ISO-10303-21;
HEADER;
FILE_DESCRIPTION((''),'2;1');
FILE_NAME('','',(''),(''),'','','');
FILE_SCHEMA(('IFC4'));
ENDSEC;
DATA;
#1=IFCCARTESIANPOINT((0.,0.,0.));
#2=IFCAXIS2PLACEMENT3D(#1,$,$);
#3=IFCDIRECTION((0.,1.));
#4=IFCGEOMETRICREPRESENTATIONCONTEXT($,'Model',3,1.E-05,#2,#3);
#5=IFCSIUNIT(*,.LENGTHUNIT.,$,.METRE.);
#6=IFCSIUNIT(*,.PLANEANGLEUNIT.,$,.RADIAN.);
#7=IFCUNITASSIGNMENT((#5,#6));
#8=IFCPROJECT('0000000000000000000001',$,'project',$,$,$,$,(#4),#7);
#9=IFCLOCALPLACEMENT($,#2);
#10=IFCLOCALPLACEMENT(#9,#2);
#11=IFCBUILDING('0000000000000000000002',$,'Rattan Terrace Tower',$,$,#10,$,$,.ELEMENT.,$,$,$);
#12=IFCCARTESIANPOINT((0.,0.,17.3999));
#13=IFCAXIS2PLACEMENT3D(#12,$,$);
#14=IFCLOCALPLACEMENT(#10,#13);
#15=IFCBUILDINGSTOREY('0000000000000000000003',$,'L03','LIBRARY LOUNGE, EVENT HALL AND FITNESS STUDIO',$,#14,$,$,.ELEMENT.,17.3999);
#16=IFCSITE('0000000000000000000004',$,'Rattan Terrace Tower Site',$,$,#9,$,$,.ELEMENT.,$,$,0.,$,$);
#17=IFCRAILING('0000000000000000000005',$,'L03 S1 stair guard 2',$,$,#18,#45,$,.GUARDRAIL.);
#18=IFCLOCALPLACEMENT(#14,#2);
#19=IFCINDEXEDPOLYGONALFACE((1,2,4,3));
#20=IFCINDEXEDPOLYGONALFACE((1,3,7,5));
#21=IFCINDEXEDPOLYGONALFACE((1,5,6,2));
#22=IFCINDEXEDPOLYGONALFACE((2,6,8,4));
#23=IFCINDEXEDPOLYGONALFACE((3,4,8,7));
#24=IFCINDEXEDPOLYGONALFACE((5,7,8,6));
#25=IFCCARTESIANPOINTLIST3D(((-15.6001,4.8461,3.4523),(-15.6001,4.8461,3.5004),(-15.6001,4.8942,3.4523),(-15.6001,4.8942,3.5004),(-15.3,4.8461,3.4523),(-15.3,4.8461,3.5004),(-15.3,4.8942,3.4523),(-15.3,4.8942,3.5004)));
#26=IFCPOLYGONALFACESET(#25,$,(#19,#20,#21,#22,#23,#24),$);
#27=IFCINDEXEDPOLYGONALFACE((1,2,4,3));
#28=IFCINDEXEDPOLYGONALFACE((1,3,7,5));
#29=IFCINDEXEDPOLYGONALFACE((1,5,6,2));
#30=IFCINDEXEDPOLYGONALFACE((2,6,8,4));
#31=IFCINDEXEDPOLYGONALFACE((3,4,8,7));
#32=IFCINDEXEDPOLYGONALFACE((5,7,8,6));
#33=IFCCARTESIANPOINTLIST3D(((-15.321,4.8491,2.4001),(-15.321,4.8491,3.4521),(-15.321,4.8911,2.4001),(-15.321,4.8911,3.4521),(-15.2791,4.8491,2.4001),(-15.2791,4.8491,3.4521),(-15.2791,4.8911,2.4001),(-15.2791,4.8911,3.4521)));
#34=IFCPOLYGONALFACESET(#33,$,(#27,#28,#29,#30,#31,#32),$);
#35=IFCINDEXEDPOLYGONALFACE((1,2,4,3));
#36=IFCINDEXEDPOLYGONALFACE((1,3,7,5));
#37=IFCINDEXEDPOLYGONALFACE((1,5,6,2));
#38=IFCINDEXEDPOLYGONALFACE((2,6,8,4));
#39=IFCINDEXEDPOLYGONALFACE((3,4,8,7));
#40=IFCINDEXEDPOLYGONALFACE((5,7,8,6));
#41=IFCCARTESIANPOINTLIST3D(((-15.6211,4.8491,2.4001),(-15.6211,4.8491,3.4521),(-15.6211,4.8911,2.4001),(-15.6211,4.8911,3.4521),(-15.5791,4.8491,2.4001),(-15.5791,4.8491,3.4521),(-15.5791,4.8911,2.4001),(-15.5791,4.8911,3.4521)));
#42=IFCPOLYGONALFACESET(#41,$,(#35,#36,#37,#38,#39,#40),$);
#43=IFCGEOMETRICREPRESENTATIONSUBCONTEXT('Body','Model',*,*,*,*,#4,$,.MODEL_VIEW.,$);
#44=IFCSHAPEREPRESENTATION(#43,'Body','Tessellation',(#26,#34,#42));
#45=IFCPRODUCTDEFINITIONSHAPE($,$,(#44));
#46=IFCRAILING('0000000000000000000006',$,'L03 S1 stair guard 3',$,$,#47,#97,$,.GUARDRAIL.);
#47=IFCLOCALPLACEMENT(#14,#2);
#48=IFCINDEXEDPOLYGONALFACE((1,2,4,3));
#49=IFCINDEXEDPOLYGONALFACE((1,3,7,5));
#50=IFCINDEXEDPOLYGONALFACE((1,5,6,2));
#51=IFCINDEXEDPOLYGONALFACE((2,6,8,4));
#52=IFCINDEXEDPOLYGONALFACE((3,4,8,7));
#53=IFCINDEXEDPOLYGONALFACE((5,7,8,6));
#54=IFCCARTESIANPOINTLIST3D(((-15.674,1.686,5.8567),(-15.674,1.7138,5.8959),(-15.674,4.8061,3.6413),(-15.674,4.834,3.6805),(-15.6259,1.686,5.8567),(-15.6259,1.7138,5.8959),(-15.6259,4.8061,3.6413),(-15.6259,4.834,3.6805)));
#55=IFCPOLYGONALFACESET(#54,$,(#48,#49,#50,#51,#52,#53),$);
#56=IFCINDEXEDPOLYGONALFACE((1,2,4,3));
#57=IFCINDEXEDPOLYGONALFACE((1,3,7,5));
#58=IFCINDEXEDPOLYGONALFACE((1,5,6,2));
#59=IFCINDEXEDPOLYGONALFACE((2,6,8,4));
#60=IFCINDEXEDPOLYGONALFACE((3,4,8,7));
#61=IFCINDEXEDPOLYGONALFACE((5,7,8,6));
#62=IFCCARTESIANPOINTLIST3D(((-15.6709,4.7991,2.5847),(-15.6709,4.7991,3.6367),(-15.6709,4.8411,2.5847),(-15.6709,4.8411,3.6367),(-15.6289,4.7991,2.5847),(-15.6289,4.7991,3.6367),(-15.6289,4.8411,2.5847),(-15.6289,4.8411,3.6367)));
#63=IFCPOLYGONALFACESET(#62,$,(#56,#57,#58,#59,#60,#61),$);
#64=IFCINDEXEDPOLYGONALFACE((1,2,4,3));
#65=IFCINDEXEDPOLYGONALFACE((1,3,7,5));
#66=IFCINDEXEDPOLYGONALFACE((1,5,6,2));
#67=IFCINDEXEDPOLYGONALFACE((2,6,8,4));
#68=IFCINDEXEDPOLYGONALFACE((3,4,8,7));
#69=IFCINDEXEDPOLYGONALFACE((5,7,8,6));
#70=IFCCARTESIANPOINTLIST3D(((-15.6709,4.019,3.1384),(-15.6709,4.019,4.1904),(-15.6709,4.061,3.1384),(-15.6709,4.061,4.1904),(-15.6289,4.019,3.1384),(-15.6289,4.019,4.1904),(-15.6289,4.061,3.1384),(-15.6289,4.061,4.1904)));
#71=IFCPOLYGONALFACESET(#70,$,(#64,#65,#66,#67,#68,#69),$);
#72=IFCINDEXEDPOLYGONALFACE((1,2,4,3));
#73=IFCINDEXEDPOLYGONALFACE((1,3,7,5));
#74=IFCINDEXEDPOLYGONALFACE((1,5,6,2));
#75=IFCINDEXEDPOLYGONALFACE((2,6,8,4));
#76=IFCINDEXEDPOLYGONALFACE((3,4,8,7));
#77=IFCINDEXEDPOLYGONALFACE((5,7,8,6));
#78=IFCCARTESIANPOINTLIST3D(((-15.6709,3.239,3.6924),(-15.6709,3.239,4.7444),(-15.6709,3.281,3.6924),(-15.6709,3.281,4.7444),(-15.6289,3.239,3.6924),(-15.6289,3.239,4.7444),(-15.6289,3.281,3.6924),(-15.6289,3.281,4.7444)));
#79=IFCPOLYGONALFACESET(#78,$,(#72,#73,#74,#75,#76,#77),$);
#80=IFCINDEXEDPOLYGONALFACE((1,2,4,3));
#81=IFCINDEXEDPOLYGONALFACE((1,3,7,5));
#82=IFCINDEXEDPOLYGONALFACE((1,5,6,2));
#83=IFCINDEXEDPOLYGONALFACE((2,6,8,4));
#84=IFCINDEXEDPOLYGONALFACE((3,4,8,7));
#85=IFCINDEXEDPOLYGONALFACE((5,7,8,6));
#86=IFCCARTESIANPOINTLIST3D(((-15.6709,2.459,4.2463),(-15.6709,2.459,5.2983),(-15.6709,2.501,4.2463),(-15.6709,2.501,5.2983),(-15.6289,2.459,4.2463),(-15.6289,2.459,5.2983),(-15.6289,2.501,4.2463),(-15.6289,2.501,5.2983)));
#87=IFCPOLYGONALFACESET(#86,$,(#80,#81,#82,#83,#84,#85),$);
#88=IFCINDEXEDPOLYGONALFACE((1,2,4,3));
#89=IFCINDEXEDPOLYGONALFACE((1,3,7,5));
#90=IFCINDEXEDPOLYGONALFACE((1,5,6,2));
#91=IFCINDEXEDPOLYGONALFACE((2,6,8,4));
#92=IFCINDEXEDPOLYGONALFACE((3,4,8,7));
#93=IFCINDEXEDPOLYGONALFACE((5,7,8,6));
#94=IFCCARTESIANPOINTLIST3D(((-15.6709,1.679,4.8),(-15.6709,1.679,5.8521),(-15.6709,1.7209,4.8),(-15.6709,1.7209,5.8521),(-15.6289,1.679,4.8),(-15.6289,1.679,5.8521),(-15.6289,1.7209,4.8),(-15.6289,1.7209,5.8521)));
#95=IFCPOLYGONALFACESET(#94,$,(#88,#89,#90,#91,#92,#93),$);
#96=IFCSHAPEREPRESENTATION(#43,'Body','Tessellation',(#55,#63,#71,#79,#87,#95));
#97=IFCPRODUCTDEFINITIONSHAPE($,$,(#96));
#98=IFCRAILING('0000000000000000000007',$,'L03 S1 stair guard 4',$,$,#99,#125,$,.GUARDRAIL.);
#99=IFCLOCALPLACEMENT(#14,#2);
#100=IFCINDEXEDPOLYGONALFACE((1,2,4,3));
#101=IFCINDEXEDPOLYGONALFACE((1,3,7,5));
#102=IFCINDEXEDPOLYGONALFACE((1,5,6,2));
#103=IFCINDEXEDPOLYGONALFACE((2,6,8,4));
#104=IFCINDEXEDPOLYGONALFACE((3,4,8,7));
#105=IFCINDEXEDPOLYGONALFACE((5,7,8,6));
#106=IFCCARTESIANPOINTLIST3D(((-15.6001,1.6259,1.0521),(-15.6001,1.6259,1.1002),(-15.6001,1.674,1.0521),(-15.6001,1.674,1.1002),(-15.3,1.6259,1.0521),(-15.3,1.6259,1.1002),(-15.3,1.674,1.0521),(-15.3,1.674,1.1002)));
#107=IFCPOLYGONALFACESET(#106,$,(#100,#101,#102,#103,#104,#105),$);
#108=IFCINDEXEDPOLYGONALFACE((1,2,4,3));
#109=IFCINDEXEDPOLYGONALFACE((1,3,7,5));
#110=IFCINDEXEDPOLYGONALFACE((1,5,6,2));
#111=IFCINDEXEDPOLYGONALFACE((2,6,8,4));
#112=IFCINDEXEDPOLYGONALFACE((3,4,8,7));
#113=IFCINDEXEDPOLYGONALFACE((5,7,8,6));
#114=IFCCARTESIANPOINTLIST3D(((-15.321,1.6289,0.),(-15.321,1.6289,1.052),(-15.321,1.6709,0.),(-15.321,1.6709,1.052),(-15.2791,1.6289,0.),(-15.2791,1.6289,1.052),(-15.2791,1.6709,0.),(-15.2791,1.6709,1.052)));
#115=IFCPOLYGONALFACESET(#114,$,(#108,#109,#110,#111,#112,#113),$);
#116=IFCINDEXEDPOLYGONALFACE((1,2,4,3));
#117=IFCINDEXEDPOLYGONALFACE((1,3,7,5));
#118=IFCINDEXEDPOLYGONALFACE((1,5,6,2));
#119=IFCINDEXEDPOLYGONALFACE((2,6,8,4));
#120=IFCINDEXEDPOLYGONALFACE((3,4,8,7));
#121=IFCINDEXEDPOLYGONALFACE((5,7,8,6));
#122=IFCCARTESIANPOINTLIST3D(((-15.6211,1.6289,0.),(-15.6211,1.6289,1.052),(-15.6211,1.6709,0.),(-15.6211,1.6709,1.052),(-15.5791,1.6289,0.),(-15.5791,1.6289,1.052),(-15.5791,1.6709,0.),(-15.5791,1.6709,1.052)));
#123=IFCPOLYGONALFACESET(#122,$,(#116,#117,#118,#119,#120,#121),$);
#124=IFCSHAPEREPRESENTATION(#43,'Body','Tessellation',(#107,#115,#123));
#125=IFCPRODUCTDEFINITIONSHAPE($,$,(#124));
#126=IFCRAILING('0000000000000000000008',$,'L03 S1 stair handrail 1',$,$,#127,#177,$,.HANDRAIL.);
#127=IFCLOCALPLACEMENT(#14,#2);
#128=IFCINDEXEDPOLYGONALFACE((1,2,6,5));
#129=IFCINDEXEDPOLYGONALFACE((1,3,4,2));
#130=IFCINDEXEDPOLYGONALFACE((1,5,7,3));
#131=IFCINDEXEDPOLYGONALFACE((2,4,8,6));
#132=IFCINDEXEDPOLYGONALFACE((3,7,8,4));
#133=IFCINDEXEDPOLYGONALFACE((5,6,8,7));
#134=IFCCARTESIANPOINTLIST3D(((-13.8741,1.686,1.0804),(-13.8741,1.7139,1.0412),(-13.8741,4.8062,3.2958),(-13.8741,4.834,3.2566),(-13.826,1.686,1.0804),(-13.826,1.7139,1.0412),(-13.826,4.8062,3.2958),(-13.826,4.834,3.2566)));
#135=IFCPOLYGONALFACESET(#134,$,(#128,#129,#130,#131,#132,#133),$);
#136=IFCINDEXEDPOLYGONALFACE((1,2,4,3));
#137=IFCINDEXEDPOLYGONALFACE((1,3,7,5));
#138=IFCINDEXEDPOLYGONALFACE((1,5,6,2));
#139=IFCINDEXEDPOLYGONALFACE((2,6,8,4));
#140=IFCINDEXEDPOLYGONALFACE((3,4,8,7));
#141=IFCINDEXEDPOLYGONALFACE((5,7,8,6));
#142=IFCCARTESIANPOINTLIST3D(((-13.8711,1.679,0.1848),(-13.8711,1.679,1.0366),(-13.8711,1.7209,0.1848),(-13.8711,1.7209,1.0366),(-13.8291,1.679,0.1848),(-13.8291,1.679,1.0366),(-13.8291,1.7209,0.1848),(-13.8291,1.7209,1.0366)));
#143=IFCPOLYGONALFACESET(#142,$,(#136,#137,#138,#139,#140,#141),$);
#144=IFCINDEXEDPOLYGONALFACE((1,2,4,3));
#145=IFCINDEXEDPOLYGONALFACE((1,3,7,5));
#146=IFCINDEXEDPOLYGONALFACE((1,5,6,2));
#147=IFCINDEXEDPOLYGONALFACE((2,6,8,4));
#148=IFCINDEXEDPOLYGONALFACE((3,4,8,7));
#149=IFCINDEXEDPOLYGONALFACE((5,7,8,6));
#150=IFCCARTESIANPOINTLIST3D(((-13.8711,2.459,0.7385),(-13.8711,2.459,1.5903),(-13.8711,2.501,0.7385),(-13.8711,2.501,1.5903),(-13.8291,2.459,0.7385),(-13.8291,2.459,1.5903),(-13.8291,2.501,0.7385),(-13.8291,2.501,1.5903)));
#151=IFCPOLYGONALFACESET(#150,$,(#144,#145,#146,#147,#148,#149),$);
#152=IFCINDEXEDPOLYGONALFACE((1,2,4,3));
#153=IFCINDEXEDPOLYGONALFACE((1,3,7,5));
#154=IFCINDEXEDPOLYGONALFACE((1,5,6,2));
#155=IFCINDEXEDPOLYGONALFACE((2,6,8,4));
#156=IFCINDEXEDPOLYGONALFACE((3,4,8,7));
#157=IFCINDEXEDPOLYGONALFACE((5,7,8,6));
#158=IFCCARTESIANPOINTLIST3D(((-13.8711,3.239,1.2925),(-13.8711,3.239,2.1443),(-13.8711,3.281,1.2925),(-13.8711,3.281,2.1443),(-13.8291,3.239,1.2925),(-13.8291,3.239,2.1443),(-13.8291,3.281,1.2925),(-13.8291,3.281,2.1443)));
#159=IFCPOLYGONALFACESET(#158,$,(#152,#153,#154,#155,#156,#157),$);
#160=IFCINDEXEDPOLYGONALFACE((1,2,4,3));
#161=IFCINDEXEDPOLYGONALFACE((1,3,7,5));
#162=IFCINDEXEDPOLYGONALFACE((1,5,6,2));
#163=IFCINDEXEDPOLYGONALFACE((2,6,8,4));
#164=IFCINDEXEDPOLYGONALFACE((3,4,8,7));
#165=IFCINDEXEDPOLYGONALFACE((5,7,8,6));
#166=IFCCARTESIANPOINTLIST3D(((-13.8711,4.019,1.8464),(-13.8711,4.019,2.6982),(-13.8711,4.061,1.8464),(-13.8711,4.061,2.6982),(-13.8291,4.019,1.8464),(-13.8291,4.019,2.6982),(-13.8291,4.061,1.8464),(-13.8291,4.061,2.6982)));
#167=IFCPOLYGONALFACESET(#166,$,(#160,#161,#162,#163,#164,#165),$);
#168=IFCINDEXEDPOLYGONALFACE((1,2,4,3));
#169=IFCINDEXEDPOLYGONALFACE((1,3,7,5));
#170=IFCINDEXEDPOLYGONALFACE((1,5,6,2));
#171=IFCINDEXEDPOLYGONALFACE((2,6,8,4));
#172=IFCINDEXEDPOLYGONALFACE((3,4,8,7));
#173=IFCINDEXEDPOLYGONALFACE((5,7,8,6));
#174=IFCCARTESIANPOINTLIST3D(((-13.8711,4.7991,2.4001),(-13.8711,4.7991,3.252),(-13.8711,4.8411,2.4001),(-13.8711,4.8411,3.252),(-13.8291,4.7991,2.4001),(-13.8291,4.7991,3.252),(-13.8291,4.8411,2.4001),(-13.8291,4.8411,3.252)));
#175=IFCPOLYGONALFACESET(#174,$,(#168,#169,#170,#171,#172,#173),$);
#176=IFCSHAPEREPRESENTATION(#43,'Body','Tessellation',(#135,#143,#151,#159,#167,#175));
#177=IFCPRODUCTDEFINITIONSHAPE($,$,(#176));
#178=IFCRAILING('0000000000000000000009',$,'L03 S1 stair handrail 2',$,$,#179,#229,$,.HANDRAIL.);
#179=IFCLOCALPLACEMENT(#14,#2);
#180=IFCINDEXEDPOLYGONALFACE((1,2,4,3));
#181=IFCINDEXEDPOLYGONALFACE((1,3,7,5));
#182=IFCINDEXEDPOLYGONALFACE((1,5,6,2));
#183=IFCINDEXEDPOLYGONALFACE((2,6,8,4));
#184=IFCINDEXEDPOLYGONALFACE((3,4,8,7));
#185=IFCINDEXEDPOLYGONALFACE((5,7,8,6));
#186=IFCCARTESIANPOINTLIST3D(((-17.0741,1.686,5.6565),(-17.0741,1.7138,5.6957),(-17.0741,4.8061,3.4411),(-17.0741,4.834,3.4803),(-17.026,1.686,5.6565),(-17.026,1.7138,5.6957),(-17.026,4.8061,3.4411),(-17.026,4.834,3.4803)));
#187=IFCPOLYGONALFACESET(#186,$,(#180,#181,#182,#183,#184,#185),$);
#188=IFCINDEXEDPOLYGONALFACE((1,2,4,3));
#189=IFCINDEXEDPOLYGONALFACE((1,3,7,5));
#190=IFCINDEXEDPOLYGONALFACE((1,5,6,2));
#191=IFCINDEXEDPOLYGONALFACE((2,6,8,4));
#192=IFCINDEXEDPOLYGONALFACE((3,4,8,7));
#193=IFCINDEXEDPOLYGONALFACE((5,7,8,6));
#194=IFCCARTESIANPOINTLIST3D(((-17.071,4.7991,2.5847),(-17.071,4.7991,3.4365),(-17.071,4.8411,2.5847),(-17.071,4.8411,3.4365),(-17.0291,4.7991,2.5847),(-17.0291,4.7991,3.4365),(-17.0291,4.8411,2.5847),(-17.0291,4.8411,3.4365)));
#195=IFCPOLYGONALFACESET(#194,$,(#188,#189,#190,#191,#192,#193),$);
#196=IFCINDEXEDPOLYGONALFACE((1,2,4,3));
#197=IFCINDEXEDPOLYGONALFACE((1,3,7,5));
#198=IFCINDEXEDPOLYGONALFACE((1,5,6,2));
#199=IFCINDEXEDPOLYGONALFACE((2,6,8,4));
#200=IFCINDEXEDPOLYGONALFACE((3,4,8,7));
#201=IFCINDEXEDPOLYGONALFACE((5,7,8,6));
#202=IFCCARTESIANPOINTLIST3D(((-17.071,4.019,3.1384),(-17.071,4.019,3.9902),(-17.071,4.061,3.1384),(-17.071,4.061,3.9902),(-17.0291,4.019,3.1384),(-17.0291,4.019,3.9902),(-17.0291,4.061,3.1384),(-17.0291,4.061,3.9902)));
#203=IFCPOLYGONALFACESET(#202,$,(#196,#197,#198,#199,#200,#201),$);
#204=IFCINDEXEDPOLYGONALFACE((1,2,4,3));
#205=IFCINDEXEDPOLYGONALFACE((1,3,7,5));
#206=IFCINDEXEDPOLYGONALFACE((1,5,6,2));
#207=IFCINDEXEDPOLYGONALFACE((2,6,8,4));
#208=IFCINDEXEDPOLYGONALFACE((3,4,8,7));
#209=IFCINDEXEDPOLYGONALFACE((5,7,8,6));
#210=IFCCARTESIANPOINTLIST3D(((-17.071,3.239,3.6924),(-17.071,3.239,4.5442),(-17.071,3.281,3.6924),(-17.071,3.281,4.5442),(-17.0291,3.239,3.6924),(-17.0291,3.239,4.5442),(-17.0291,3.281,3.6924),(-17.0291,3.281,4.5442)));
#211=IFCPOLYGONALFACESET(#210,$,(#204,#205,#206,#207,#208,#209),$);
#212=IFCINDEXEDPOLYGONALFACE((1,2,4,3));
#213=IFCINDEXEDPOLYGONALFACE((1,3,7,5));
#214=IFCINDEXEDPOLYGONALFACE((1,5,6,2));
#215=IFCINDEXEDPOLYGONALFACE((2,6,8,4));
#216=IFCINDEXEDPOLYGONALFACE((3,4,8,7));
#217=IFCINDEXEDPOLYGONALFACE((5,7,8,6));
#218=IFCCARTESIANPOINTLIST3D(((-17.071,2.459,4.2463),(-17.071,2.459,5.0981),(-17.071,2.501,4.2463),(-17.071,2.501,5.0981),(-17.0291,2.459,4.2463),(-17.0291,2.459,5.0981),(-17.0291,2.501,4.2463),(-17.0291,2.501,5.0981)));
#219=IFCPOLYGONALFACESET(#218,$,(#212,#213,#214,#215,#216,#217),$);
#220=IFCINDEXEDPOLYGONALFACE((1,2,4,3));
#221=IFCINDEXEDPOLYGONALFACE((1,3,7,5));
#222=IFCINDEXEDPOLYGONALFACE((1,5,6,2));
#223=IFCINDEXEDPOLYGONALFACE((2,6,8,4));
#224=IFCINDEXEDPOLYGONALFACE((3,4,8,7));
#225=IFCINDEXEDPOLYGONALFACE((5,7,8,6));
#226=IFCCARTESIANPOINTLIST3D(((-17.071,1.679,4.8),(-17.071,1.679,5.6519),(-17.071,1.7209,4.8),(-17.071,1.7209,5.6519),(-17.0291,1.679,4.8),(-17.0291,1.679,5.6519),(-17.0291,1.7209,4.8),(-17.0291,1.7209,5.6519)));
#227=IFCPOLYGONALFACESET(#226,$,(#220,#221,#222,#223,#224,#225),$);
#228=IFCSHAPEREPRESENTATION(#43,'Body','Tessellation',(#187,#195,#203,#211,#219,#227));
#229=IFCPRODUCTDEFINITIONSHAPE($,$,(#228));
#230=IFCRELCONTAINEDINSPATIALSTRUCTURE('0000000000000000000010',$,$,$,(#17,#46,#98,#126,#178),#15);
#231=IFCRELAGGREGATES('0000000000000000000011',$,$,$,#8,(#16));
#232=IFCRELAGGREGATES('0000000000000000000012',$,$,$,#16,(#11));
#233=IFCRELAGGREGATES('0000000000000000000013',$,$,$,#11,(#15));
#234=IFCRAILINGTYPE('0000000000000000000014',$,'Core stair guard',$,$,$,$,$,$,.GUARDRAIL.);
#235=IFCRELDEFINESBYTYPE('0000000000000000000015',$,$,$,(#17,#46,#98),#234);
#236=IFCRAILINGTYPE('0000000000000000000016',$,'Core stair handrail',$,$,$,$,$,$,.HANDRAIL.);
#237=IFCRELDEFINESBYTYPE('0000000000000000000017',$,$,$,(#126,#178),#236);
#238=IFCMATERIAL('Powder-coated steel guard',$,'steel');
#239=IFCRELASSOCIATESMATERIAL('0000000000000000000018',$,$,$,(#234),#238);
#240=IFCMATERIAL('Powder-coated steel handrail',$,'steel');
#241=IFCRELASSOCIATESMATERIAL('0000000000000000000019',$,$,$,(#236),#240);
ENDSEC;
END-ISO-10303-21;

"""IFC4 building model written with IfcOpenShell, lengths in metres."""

from ifc_helpers import new_model, si_unit, direction, frame, origin, origin_2d, place, context, subcontext, project, spatial, rectangle, extrude, material, type_object, element, save


model = new_model("IFC4")

# Units and contexts
model_context = context("Model", 3, precision=1e-05, world=origin(), true_north=direction((0.0, 1.0)))
body_context = subcontext(model_context, "Body", "Model", "MODEL_VIEW")
ifc_project = project(units=[si_unit("LENGTHUNIT", "METRE"), si_unit("PLANEANGLEUNIT", "RADIAN")], contexts=[model_context])

# Site, building, storey
site_placement = place(None, origin())
site = spatial("IfcSite", under=ifc_project, at=site_placement, Name="Rattan Terrace Tower Site", CompositionType="ELEMENT", RefElevation=0.0)
building_placement = place(site_placement, origin())
building = spatial("IfcBuilding", under=site, at=building_placement, Name="Rattan Terrace Tower", CompositionType="ELEMENT")
storey_placement = place(building_placement, frame((0.0, 0.0, 17.3999)))
storey = spatial("IfcBuildingStorey", under=building, at=storey_placement, Name="L03", Description="LIBRARY LOUNGE, EVENT HALL AND FITNESS STUDIO", CompositionType="ELEMENT", Elevation=17.3999)

# Railings
ifc_material_1 = material(Name="Powder-coated steel guard", Category="steel")
railing_type_1 = type_object("IfcRailingType", Name="Core stair guard", PredefinedType="GUARDRAIL", material=ifc_material_1)
railing_1_placement = place(storey_placement, frame((-15.3, 4.8701, 2.4001)))
element("IfcRailing", 1, at=railing_1_placement, inside=storey, type_object=railing_type_1, Name="L03 S1 stair guard 2", PredefinedType="GUARDRAIL", context=body_context, shape_type="SweptSolid", body=[
    extrude(rectangle(XDim=0.0481, YDim=0.0481, at=origin_2d()), frame((0.0, 0.0, 1.0762), z_axis=(-1.0, 0.0, 0.0), x_axis=(0.0, -1.0, 0.0)), (0.0, 0.0, 1.0), 0.3),
    extrude(rectangle(XDim=0.042, YDim=0.042, at=origin_2d()), origin(), (0.0, 0.0, 1.0), 1.052),
    extrude(rectangle(XDim=0.042, YDim=0.042, at=origin_2d()), frame((-0.3, 0.0, 0.0)), (0.0, 0.0, 1.0), 1.052),
])
railing_2_placement = place(storey_placement, frame((-15.6499, 4.8201, 2.5847)))
element("IfcRailing", 2, at=railing_2_placement, inside=storey, type_object=railing_type_1, Name="L03 S1 stair guard 3", PredefinedType="GUARDRAIL", context=body_context, shape_type="SweptSolid", body=[
    extrude(rectangle(XDim=0.0481, YDim=0.0481, at=origin_2d()), frame((0.0, 0.0, 1.0762), z_axis=(0.0, -0.815377, 0.57893), x_axis=(1.0, 0.0, 0.0)), (0.0, 0.0, 1.0), 3.8267),
    extrude(rectangle(XDim=0.042, YDim=0.042, at=origin_2d()), origin(), (0.0, 0.0, 1.0), 1.052),
    extrude(rectangle(XDim=0.042, YDim=0.042, at=origin_2d()), frame((0.0, -0.78, 0.5537)), (0.0, 0.0, 1.0), 1.052),
    extrude(rectangle(XDim=0.042, YDim=0.042, at=origin_2d()), frame((0.0, -1.5601, 1.1077)), (0.0, 0.0, 1.0), 1.052),
    extrude(rectangle(XDim=0.042, YDim=0.042, at=origin_2d()), frame((0.0, -2.3401, 1.6616)), (0.0, 0.0, 1.0), 1.052),
    extrude(rectangle(XDim=0.042, YDim=0.042, at=origin_2d()), frame((0.0, -3.1201, 2.2153)), (0.0, 0.0, 1.0), 1.052),
])
railing_3_placement = place(storey_placement, frame((-15.3, 1.6499, 0.0)))
element("IfcRailing", 3, at=railing_3_placement, inside=storey, type_object=railing_type_1, Name="L03 S1 stair guard 4", PredefinedType="GUARDRAIL", context=body_context, shape_type="SweptSolid", body=[
    extrude(rectangle(XDim=0.0481, YDim=0.0481, at=origin_2d()), frame((0.0, 0.0, 1.0762), z_axis=(-1.0, 0.0, 0.0), x_axis=(0.0, -1.0, 0.0)), (0.0, 0.0, 1.0), 0.3),
    extrude(rectangle(XDim=0.042, YDim=0.042, at=origin_2d()), origin(), (0.0, 0.0, 1.0), 1.052),
    extrude(rectangle(XDim=0.042, YDim=0.042, at=origin_2d()), frame((-0.3, 0.0, 0.0)), (0.0, 0.0, 1.0), 1.052),
])
ifc_material_2 = material(Name="Powder-coated steel handrail", Category="steel")
railing_type_2 = type_object("IfcRailingType", Name="Core stair handrail", PredefinedType="HANDRAIL", material=ifc_material_2)
railing_4_placement = place(storey_placement, frame((-13.8501, 1.7, 0.1848)))
element("IfcRailing", 4, at=railing_4_placement, inside=storey, type_object=railing_type_2, Name="L03 S1 stair handrail 1", PredefinedType="HANDRAIL", context=body_context, shape_type="SweptSolid", body=[
    extrude(rectangle(XDim=0.0481, YDim=0.0481, at=origin_2d()), frame((0.0, 0.0, 0.876), z_axis=(0.0, 0.815377, 0.57893), x_axis=(-1.0, 0.0, 0.0)), (0.0, 0.0, 1.0), 3.8267),
    extrude(rectangle(XDim=0.042, YDim=0.042, at=origin_2d()), origin(), (0.0, 0.0, 1.0), 0.8518),
    extrude(rectangle(XDim=0.042, YDim=0.042, at=origin_2d()), frame((0.0, 0.78, 0.5537)), (0.0, 0.0, 1.0), 0.8518),
    extrude(rectangle(XDim=0.042, YDim=0.042, at=origin_2d()), frame((0.0, 1.5601, 1.1077)), (0.0, 0.0, 1.0), 0.8518),
    extrude(rectangle(XDim=0.042, YDim=0.042, at=origin_2d()), frame((0.0, 2.3401, 1.6616)), (0.0, 0.0, 1.0), 0.8518),
    extrude(rectangle(XDim=0.042, YDim=0.042, at=origin_2d()), frame((0.0, 3.1201, 2.2153)), (0.0, 0.0, 1.0), 0.8518),
])
railing_5_placement = place(storey_placement, frame((-17.05, 4.8201, 2.5847)))
element("IfcRailing", 5, at=railing_5_placement, inside=storey, type_object=railing_type_2, Name="L03 S1 stair handrail 2", PredefinedType="HANDRAIL", context=body_context, shape_type="SweptSolid", body=[
    extrude(rectangle(XDim=0.0481, YDim=0.0481, at=origin_2d()), frame((0.0, 0.0, 0.876), z_axis=(0.0, -0.815377, 0.57893), x_axis=(1.0, 0.0, 0.0)), (0.0, 0.0, 1.0), 3.8267),
    extrude(rectangle(XDim=0.042, YDim=0.042, at=origin_2d()), origin(), (0.0, 0.0, 1.0), 0.8518),
    extrude(rectangle(XDim=0.042, YDim=0.042, at=origin_2d()), frame((0.0, -0.78, 0.5537)), (0.0, 0.0, 1.0), 0.8518),
    extrude(rectangle(XDim=0.042, YDim=0.042, at=origin_2d()), frame((0.0, -1.5601, 1.1077)), (0.0, 0.0, 1.0), 0.8518),
    extrude(rectangle(XDim=0.042, YDim=0.042, at=origin_2d()), frame((0.0, -2.3401, 1.6616)), (0.0, 0.0, 1.0), 0.8518),
    extrude(rectangle(XDim=0.042, YDim=0.042, at=origin_2d()), frame((0.0, -3.1201, 2.2153)), (0.0, 0.0, 1.0), 0.8518),
])

save(model, "model.ifc")
